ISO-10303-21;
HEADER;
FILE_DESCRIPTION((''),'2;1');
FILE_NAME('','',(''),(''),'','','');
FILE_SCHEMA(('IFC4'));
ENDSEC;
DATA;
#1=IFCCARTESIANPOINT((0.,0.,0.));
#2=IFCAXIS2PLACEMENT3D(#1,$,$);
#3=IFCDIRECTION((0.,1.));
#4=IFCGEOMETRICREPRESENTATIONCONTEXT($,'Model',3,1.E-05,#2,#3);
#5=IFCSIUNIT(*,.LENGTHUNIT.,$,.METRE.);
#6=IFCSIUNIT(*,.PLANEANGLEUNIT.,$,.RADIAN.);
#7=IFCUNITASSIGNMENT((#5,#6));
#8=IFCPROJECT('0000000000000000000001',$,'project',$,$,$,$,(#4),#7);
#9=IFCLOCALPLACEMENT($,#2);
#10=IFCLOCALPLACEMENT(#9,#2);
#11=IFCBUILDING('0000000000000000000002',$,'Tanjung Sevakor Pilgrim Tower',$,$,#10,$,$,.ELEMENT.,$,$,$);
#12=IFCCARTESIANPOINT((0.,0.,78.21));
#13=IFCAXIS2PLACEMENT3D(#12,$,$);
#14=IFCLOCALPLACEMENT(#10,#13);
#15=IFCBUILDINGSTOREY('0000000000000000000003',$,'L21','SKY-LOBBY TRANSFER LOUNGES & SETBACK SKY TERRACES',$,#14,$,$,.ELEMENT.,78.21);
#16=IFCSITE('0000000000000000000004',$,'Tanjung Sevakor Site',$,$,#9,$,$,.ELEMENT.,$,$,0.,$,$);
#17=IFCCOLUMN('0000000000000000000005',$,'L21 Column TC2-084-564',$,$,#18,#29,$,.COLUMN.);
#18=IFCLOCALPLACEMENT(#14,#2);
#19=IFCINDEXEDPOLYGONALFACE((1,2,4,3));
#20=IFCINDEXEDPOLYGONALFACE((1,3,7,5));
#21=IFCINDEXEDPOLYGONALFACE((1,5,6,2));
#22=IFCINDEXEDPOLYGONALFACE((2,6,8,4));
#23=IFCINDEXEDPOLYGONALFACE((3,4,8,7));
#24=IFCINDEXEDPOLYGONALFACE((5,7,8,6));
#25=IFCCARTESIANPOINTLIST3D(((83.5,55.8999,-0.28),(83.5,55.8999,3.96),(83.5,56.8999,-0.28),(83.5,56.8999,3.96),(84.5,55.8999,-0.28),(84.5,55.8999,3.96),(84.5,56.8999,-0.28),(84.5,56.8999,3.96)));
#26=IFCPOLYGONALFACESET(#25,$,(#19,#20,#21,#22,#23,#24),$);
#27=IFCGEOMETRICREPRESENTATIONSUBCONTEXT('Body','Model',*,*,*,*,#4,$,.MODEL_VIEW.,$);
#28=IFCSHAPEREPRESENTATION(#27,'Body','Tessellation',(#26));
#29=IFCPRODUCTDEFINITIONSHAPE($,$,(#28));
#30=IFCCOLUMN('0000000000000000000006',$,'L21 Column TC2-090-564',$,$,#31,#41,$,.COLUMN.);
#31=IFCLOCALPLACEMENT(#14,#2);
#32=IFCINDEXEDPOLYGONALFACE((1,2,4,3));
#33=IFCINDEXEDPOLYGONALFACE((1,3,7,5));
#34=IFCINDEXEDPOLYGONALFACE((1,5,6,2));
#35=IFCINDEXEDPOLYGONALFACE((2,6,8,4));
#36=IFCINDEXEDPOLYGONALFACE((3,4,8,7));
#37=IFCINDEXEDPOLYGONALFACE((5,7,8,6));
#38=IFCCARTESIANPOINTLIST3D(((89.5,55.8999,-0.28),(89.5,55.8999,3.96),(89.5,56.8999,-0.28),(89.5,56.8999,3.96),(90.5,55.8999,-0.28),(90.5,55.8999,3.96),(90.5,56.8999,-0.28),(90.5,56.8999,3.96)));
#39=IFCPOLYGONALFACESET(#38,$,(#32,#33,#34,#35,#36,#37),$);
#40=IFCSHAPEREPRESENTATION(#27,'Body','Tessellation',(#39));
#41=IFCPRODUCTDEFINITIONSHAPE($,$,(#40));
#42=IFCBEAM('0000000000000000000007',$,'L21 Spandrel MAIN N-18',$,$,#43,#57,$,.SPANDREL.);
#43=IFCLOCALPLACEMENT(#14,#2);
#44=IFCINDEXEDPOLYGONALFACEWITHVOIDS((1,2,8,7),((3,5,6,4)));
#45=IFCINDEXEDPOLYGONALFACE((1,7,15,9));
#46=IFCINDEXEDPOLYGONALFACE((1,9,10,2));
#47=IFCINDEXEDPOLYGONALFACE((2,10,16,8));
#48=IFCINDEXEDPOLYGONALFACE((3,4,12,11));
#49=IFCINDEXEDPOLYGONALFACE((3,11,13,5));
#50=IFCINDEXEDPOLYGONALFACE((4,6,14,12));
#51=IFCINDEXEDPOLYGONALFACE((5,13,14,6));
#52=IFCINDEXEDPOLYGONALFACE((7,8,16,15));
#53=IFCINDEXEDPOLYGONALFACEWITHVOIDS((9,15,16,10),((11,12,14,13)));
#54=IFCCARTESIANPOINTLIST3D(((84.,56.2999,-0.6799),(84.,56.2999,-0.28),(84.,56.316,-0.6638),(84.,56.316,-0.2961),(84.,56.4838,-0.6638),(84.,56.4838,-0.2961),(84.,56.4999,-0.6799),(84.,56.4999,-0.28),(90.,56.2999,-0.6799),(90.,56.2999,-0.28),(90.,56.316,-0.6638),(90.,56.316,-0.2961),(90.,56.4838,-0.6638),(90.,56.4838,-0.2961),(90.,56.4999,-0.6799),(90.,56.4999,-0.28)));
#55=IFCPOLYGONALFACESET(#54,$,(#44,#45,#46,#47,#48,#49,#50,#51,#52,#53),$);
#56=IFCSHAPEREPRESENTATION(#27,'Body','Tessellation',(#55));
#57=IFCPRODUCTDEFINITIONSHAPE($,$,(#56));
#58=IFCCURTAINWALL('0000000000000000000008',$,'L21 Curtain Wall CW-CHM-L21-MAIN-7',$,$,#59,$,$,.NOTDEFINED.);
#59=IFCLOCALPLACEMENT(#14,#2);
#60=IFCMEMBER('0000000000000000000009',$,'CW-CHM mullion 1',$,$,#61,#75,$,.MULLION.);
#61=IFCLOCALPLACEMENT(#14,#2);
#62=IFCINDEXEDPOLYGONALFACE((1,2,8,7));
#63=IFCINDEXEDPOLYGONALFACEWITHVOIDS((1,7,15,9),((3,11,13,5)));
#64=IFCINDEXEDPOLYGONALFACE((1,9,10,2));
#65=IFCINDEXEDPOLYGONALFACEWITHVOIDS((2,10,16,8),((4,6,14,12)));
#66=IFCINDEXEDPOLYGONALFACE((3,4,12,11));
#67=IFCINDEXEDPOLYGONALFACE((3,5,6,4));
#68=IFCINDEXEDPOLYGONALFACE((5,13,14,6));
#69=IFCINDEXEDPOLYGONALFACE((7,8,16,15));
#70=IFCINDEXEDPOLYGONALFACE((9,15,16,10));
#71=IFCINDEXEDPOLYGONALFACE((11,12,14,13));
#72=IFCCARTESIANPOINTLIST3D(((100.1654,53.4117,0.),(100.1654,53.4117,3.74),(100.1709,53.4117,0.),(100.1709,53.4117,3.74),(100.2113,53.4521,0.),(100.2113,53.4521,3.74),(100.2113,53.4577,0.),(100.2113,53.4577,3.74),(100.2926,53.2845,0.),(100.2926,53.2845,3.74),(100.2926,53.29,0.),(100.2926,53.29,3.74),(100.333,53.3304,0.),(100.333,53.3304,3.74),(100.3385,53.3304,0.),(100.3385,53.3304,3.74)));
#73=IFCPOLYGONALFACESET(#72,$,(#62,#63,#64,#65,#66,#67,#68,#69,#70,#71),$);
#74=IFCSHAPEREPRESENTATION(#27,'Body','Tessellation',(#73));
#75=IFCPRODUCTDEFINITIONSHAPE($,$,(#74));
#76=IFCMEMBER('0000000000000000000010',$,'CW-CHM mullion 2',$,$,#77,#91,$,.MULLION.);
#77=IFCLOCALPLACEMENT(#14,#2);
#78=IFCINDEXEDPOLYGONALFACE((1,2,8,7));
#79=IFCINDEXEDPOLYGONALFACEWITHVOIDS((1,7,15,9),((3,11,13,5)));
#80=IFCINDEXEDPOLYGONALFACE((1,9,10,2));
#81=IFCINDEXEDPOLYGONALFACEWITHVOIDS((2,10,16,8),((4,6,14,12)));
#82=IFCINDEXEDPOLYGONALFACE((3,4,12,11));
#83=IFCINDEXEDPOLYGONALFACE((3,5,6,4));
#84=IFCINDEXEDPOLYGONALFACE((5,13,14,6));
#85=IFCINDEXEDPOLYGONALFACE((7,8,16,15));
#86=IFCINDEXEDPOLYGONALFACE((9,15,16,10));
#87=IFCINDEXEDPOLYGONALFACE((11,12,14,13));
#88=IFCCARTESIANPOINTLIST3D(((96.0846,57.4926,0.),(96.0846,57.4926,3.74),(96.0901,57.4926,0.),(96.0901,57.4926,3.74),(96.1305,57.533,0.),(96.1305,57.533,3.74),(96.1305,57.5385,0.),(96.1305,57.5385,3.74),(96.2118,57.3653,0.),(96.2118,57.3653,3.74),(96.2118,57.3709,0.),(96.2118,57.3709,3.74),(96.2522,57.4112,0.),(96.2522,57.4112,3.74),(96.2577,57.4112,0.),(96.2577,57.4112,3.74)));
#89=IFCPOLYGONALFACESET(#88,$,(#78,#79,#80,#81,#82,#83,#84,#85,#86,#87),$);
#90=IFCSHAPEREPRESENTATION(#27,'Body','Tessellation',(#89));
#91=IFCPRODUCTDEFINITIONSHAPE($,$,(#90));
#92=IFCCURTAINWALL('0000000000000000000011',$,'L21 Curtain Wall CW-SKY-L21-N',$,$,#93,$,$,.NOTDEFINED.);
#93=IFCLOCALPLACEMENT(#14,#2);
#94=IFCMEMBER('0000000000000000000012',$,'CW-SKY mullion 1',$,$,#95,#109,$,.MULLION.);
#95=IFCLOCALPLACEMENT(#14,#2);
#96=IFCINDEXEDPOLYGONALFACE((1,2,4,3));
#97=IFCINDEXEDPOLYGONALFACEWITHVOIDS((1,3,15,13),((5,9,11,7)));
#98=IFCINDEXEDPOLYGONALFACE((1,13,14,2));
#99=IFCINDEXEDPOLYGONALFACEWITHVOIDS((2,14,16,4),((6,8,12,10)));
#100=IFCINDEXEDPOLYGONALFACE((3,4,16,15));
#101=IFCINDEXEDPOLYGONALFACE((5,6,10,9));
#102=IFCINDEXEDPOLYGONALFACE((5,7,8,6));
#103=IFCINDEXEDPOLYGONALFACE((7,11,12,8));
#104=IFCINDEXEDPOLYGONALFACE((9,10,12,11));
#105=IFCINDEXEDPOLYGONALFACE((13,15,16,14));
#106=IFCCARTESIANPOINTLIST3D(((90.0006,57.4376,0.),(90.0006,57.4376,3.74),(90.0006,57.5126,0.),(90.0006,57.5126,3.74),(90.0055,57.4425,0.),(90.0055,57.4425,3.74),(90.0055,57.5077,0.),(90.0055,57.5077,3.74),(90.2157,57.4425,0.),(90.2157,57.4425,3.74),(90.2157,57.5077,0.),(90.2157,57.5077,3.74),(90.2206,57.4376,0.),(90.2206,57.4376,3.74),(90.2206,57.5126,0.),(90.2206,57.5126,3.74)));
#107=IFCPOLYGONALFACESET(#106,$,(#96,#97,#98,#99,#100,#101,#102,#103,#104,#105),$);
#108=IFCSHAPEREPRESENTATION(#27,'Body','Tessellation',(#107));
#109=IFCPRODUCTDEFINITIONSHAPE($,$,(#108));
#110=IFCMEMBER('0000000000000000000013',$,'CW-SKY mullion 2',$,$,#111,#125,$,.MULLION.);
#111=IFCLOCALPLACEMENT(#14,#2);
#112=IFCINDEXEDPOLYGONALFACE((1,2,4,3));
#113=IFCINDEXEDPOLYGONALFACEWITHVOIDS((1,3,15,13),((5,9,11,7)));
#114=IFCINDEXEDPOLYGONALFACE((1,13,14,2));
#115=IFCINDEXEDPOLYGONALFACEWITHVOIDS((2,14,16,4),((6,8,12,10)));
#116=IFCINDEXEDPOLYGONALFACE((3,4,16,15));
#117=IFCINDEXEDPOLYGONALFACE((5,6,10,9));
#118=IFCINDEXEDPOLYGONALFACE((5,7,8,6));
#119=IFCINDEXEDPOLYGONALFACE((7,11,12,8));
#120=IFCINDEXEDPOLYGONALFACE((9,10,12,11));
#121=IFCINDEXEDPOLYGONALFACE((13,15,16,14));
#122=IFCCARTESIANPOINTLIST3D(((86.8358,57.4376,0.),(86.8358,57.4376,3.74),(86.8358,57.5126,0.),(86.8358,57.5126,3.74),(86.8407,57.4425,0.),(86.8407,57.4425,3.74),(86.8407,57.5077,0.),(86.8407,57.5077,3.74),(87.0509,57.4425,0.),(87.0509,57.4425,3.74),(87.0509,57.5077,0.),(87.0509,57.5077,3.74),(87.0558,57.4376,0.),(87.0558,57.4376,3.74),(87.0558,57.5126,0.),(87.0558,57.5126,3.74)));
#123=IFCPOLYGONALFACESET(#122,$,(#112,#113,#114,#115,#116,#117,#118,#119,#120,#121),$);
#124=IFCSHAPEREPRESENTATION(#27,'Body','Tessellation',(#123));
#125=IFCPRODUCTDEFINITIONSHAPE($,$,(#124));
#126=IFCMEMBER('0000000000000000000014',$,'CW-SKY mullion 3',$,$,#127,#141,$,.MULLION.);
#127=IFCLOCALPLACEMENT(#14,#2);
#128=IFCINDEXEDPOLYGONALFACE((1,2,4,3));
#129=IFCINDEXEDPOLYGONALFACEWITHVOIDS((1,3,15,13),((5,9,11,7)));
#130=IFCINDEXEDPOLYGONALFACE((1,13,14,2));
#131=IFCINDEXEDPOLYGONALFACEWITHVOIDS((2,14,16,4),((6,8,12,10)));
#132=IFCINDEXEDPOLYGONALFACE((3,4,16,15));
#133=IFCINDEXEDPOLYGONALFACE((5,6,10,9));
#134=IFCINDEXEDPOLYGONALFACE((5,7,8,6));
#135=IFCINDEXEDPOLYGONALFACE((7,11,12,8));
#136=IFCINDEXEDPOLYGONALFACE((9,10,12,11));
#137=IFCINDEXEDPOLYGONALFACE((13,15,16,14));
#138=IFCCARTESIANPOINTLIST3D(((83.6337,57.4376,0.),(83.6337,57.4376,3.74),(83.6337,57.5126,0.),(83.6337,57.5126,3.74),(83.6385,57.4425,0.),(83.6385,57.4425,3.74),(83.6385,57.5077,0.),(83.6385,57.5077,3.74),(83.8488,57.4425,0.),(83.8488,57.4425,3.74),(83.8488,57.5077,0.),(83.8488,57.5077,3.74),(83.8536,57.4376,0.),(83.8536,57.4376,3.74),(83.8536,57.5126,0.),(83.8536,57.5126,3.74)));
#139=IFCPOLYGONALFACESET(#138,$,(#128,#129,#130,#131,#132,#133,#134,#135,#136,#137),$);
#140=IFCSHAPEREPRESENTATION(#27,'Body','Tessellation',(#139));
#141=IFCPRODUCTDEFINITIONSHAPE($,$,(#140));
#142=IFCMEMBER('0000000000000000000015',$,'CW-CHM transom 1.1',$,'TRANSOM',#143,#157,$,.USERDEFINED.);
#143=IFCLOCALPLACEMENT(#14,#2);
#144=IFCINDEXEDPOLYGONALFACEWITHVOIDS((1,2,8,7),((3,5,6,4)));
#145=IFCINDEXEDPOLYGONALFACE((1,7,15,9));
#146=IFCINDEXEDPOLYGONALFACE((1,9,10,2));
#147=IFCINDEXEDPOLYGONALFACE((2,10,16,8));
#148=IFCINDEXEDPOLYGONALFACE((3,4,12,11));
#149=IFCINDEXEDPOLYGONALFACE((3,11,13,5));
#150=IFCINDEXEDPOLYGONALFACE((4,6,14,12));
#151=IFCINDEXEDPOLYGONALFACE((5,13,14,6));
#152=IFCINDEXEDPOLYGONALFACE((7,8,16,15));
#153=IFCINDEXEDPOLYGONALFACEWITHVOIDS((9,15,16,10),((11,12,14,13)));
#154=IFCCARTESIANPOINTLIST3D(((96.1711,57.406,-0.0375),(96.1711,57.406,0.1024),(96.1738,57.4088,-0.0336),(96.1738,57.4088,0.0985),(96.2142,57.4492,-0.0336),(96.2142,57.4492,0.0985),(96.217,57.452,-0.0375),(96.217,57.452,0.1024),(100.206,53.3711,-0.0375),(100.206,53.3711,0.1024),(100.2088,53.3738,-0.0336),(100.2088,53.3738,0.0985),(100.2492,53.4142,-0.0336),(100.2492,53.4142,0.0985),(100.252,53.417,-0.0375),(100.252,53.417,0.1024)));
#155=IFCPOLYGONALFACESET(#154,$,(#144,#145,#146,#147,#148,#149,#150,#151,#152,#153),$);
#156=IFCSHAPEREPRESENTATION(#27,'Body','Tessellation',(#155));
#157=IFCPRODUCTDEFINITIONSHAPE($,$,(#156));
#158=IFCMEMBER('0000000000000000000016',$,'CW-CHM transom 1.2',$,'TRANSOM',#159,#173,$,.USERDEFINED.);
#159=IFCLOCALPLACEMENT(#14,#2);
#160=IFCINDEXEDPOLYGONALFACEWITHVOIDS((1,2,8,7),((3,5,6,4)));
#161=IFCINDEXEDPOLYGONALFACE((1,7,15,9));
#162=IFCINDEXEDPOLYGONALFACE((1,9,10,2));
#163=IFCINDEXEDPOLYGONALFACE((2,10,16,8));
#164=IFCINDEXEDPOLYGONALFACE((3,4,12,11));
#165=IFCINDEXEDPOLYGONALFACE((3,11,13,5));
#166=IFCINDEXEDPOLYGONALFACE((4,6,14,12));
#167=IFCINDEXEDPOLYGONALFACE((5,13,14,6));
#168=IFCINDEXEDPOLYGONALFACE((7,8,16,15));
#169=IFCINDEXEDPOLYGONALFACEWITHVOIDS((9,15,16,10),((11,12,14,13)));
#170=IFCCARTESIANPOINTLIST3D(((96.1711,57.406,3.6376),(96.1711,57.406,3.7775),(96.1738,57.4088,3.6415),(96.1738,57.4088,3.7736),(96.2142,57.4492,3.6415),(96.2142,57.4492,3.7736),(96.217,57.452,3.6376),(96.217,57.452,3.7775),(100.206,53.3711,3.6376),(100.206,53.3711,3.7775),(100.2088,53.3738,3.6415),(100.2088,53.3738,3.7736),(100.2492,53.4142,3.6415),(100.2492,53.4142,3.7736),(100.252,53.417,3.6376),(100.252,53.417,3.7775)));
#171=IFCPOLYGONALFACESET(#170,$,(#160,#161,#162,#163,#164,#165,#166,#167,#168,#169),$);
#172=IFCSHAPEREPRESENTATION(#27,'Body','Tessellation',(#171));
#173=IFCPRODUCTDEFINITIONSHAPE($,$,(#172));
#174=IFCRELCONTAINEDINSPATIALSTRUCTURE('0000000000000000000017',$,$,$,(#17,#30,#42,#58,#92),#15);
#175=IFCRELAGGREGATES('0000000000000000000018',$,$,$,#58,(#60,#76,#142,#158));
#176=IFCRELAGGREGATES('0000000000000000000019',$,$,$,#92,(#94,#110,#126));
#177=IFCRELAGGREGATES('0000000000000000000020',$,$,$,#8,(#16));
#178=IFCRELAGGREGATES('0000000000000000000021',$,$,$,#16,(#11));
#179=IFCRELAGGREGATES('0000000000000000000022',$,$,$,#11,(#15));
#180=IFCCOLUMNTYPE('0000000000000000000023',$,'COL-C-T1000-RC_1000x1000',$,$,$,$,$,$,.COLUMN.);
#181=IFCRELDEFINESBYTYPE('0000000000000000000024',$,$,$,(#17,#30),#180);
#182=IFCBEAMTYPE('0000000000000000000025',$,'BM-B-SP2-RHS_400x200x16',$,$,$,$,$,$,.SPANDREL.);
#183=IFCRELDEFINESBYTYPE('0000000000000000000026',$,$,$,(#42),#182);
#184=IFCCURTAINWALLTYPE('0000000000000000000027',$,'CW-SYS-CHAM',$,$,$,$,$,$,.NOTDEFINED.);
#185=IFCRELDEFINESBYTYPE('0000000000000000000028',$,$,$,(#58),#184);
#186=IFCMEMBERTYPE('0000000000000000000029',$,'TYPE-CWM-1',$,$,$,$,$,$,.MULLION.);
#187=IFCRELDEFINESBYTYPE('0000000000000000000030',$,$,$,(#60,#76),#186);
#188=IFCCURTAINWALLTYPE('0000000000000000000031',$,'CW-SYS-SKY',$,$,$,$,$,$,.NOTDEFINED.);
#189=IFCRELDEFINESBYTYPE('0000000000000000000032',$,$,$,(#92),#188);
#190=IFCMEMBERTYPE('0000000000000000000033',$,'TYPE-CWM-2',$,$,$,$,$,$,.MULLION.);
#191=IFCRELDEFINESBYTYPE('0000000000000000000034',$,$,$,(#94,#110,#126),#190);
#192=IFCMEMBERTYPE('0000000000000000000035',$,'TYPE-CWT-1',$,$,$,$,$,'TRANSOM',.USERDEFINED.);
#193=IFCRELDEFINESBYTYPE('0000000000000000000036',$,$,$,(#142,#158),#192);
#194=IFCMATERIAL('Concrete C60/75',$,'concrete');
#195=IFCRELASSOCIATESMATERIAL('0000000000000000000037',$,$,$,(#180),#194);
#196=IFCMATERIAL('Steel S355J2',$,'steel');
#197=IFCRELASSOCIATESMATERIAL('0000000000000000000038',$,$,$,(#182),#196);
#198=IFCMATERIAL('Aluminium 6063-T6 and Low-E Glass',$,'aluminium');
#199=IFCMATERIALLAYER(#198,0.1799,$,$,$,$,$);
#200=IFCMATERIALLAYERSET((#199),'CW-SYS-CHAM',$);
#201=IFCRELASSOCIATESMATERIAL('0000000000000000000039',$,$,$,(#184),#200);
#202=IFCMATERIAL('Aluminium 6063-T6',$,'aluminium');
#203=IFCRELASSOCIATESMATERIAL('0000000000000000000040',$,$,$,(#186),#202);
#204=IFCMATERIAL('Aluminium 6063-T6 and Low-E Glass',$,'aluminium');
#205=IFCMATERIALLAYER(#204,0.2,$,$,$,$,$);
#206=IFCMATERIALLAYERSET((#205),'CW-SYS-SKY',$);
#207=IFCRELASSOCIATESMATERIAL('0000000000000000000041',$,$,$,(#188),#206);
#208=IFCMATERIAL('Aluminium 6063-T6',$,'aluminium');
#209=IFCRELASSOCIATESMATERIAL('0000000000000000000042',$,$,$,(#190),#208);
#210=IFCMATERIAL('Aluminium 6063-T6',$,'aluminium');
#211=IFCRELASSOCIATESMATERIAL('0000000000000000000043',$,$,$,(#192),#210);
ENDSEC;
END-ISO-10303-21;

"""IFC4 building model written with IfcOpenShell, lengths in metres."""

from ifc_helpers import new_model, si_unit, direction, frame, origin, origin_2d, place, context, subcontext, project, spatial, rectangle, hollow_rectangle, extrude, material, layer, layer_set, material_profile, profile_set, type_object, element, aggregate, save


model = new_model("IFC4")

# Units and contexts
model_context = context("Model", 3, precision=1e-05, world=origin(), true_north=direction((0.0, 1.0)))
body_context = subcontext(model_context, "Body", "Model", "MODEL_VIEW")
ifc_project = project(units=[si_unit("LENGTHUNIT", "METRE"), si_unit("PLANEANGLEUNIT", "RADIAN")], contexts=[model_context])

# Site, building, storey
site_placement = place(None, origin())
site = spatial("IfcSite", under=ifc_project, at=site_placement, Name="Tanjung Sevakor Site", CompositionType="ELEMENT", RefElevation=0.0)
building_placement = place(site_placement, origin())
building = spatial("IfcBuilding", under=site, at=building_placement, Name="Tanjung Sevakor Pilgrim Tower", CompositionType="ELEMENT")
storey_placement = place(building_placement, frame((0.0, 0.0, 78.21)))
storey = spatial("IfcBuildingStorey", under=building, at=storey_placement, Name="L21", Description="SKY-LOBBY TRANSFER LOUNGES & SETBACK SKY TERRACES", CompositionType="ELEMENT", Elevation=78.21)

# Columns
ifc_material_1 = material(Name="Concrete C60/75", Category="concrete")
ifc_material_profile_1 = material_profile(ifc_material_1, rectangle(XDim=1.0, YDim=1.0, at=origin_2d()))
ifc_profile_set_1 = profile_set([ifc_material_profile_1], Name="Concrete C60/75")
column_type = type_object("IfcColumnType", Name="COL-C-T1000-RC_1000x1000", PredefinedType="COLUMN", material=ifc_profile_set_1)
for number, where, z_axis, x_axis, name in (
    (1, (84.0, 56.3999, -0.28), (0.0, 0.0, 1.0), (1.0, 0.0, 0.0), "L21 Column TC2-084-564"),
    (2, (90.0, 56.3999, -0.28), (0.0, 0.0, 1.0), (1.0, 0.0, 0.0), "L21 Column TC2-090-564"),
):
    element("IfcColumn", number, at=place(storey_placement, frame(where, z_axis=z_axis, x_axis=x_axis)), inside=storey, type_object=column_type, Name=name, PredefinedType="COLUMN", context=body_context, shape_type="SweptSolid", body=[
        extrude(rectangle(XDim=1.0, YDim=1.0, at=origin_2d()), origin(), (0.0, 0.0, 1.0), 4.24),
    ])

# Beam
ifc_material_2 = material(Name="Steel S355J2", Category="steel")
ifc_material_profile_2 = material_profile(ifc_material_2, hollow_rectangle(XDim=0.2, YDim=0.3999, WallThickness=0.0161, at=origin_2d()))
ifc_profile_set_2 = profile_set([ifc_material_profile_2], Name="Steel S355J2")
beam_type = type_object("IfcBeamType", Name="BM-B-SP2-RHS_400x200x16", PredefinedType="SPANDREL", material=ifc_profile_set_2)
beam_placement = place(storey_placement, frame((84.0, 56.3999, -0.48), z_axis=(1.0, 0.0, 0.0), x_axis=(0.0, 1.0, 0.0)))
element("IfcBeam", 3, at=beam_placement, inside=storey, type_object=beam_type, Name="L21 Spandrel MAIN N-18", PredefinedType="SPANDREL", context=body_context, shape_type="SweptSolid", body=[
    extrude(hollow_rectangle(XDim=0.2, YDim=0.3999, WallThickness=0.0161, at=origin_2d()), origin(), (0.0, 0.0, 1.0), 6.0),
])

# Curtain walls, members
ifc_material_3 = material(Name="Aluminium 6063-T6 and Low-E Glass", Category="aluminium")
ifc_layer_1 = layer(ifc_material_3, 0.1799)
ifc_layer_set_1 = layer_set([ifc_layer_1], Name="CW-SYS-CHAM")
curtain_wall_type_1 = type_object("IfcCurtainWallType", Name="CW-SYS-CHAM", PredefinedType="NOTDEFINED", material=ifc_layer_set_1)
curtain_wall_1_placement = place(storey_placement, origin())
curtain_wall_1 = element("IfcCurtainWall", 4, at=curtain_wall_1_placement, inside=storey, type_object=curtain_wall_type_1, Name="L21 Curtain Wall CW-CHM-L21-MAIN-7", PredefinedType="NOTDEFINED")
ifc_material_4 = material(Name="Aluminium 6063-T6", Category="aluminium")
ifc_material_profile_3 = material_profile(ifc_material_4, hollow_rectangle(XDim=0.0649, YDim=0.1799, WallThickness=0.0039, at=origin_2d()))
ifc_profile_set_3 = profile_set([ifc_material_profile_3], Name="Aluminium 6063-T6")
member_type_1 = type_object("IfcMemberType", Name="TYPE-CWM-1", PredefinedType="MULLION", material=ifc_profile_set_3)
member_1_placement = place(storey_placement, frame((100.252, 53.3711, 0.0), z_axis=(0.0, 0.0, 1.0), x_axis=(-0.707107, -0.707107, 0.0)))
member_1 = element("IfcMember", 5, at=member_1_placement, type_object=member_type_1, Name="CW-CHM mullion 1", PredefinedType="MULLION", context=body_context, shape_type="SweptSolid", body=[
    extrude(hollow_rectangle(XDim=0.0649, YDim=0.1799, WallThickness=0.0039, at=origin_2d()), origin(), (0.0, 0.0, 1.0), 3.74),
])
member_2_placement = place(storey_placement, frame((96.1711, 57.4519, 0.0), z_axis=(0.0, 0.0, 1.0), x_axis=(-0.707107, -0.707107, 0.0)))
member_2 = element("IfcMember", 6, at=member_2_placement, type_object=member_type_1, Name="CW-CHM mullion 2", PredefinedType="MULLION", context=body_context, shape_type="SweptSolid", body=[
    extrude(hollow_rectangle(XDim=0.0649, YDim=0.1799, WallThickness=0.0039, at=origin_2d()), origin(), (0.0, 0.0, 1.0), 3.74),
])
ifc_material_5 = material(Name="Aluminium 6063-T6 and Low-E Glass", Category="aluminium")
ifc_layer_2 = layer(ifc_material_5, 0.2)
ifc_layer_set_2 = layer_set([ifc_layer_2], Name="CW-SYS-SKY")
curtain_wall_type_2 = type_object("IfcCurtainWallType", Name="CW-SYS-SKY", PredefinedType="NOTDEFINED", material=ifc_layer_set_2)
curtain_wall_2_placement = place(storey_placement, origin())
curtain_wall_2 = element("IfcCurtainWall", 7, at=curtain_wall_2_placement, inside=storey, type_object=curtain_wall_type_2, Name="L21 Curtain Wall CW-SKY-L21-N", PredefinedType="NOTDEFINED")
ifc_material_6 = material(Name="Aluminium 6063-T6", Category="aluminium")
ifc_material_profile_4 = material_profile(ifc_material_6, hollow_rectangle(XDim=0.075, YDim=0.22, WallThickness=0.0049, at=origin_2d()))
ifc_profile_set_4 = profile_set([ifc_material_profile_4], Name="Aluminium 6063-T6")
member_type_2 = type_object("IfcMemberType", Name="TYPE-CWM-2", PredefinedType="MULLION", material=ifc_profile_set_4)
member_3_placement = place(storey_placement, frame((90.1106, 57.4751, 0.0), z_axis=(0.0, 0.0, 1.0), x_axis=(0.0, -1.0, 0.0)))
member_3 = element("IfcMember", 8, at=member_3_placement, type_object=member_type_2, Name="CW-SKY mullion 1", PredefinedType="MULLION", context=body_context, shape_type="SweptSolid", body=[
    extrude(hollow_rectangle(XDim=0.075, YDim=0.22, WallThickness=0.0049, at=origin_2d()), origin(), (0.0, 0.0, 1.0), 3.74),
])
member_4_placement = place(storey_placement, frame((86.9458, 57.4751, 0.0), z_axis=(0.0, 0.0, 1.0), x_axis=(0.0, -1.0, 0.0)))
member_4 = element("IfcMember", 9, at=member_4_placement, type_object=member_type_2, Name="CW-SKY mullion 2", PredefinedType="MULLION", context=body_context, shape_type="SweptSolid", body=[
    extrude(hollow_rectangle(XDim=0.075, YDim=0.22, WallThickness=0.0049, at=origin_2d()), origin(), (0.0, 0.0, 1.0), 3.74),
])
member_5_placement = place(storey_placement, frame((83.7437, 57.4751, 0.0), z_axis=(0.0, 0.0, 1.0), x_axis=(0.0, -1.0, 0.0)))
member_5 = element("IfcMember", 10, at=member_5_placement, type_object=member_type_2, Name="CW-SKY mullion 3", PredefinedType="MULLION", context=body_context, shape_type="SweptSolid", body=[
    extrude(hollow_rectangle(XDim=0.075, YDim=0.22, WallThickness=0.0049, at=origin_2d()), origin(), (0.0, 0.0, 1.0), 3.74),
])

# Members
ifc_material_7 = material(Name="Aluminium 6063-T6", Category="aluminium")
ifc_material_profile_5 = material_profile(ifc_material_7, hollow_rectangle(XDim=0.0649, YDim=0.1399, WallThickness=0.0039, at=origin_2d()))
ifc_profile_set_5 = profile_set([ifc_material_profile_5], Name="Aluminium 6063-T6")
member_type_3 = type_object("IfcMemberType", Name="TYPE-CWT-1", ElementType="TRANSOM", PredefinedType="USERDEFINED", material=ifc_profile_set_5)
member_6_placement = place(storey_placement, frame((100.229, 53.394, 0.0325), z_axis=(-0.707107, 0.707107, 0.0), x_axis=(-0.707107, -0.707107, 0.0)))
member_6 = element("IfcMember", 11, at=member_6_placement, type_object=member_type_3, Name="CW-CHM transom 1.1", ObjectType="TRANSOM", PredefinedType="USERDEFINED", context=body_context, shape_type="SweptSolid", body=[
    extrude(hollow_rectangle(XDim=0.0649, YDim=0.1399, WallThickness=0.0039, at=origin_2d()), origin(), (0.0, 0.0, 1.0), 5.7063),
])
member_7_placement = place(storey_placement, frame((100.229, 53.394, 3.7075), z_axis=(-0.707107, 0.707107, 0.0), x_axis=(-0.707107, -0.707107, 0.0)))
member_7 = element("IfcMember", 12, at=member_7_placement, type_object=member_type_3, Name="CW-CHM transom 1.2", ObjectType="TRANSOM", PredefinedType="USERDEFINED", context=body_context, shape_type="SweptSolid", body=[
    extrude(hollow_rectangle(XDim=0.0649, YDim=0.1399, WallThickness=0.0039, at=origin_2d()), origin(), (0.0, 0.0, 1.0), 5.7063),
])

aggregate(curtain_wall_1, [member_1, member_2, member_6, member_7])
aggregate(curtain_wall_2, [member_3, member_4, member_5])

save(model, "model.ifc")
